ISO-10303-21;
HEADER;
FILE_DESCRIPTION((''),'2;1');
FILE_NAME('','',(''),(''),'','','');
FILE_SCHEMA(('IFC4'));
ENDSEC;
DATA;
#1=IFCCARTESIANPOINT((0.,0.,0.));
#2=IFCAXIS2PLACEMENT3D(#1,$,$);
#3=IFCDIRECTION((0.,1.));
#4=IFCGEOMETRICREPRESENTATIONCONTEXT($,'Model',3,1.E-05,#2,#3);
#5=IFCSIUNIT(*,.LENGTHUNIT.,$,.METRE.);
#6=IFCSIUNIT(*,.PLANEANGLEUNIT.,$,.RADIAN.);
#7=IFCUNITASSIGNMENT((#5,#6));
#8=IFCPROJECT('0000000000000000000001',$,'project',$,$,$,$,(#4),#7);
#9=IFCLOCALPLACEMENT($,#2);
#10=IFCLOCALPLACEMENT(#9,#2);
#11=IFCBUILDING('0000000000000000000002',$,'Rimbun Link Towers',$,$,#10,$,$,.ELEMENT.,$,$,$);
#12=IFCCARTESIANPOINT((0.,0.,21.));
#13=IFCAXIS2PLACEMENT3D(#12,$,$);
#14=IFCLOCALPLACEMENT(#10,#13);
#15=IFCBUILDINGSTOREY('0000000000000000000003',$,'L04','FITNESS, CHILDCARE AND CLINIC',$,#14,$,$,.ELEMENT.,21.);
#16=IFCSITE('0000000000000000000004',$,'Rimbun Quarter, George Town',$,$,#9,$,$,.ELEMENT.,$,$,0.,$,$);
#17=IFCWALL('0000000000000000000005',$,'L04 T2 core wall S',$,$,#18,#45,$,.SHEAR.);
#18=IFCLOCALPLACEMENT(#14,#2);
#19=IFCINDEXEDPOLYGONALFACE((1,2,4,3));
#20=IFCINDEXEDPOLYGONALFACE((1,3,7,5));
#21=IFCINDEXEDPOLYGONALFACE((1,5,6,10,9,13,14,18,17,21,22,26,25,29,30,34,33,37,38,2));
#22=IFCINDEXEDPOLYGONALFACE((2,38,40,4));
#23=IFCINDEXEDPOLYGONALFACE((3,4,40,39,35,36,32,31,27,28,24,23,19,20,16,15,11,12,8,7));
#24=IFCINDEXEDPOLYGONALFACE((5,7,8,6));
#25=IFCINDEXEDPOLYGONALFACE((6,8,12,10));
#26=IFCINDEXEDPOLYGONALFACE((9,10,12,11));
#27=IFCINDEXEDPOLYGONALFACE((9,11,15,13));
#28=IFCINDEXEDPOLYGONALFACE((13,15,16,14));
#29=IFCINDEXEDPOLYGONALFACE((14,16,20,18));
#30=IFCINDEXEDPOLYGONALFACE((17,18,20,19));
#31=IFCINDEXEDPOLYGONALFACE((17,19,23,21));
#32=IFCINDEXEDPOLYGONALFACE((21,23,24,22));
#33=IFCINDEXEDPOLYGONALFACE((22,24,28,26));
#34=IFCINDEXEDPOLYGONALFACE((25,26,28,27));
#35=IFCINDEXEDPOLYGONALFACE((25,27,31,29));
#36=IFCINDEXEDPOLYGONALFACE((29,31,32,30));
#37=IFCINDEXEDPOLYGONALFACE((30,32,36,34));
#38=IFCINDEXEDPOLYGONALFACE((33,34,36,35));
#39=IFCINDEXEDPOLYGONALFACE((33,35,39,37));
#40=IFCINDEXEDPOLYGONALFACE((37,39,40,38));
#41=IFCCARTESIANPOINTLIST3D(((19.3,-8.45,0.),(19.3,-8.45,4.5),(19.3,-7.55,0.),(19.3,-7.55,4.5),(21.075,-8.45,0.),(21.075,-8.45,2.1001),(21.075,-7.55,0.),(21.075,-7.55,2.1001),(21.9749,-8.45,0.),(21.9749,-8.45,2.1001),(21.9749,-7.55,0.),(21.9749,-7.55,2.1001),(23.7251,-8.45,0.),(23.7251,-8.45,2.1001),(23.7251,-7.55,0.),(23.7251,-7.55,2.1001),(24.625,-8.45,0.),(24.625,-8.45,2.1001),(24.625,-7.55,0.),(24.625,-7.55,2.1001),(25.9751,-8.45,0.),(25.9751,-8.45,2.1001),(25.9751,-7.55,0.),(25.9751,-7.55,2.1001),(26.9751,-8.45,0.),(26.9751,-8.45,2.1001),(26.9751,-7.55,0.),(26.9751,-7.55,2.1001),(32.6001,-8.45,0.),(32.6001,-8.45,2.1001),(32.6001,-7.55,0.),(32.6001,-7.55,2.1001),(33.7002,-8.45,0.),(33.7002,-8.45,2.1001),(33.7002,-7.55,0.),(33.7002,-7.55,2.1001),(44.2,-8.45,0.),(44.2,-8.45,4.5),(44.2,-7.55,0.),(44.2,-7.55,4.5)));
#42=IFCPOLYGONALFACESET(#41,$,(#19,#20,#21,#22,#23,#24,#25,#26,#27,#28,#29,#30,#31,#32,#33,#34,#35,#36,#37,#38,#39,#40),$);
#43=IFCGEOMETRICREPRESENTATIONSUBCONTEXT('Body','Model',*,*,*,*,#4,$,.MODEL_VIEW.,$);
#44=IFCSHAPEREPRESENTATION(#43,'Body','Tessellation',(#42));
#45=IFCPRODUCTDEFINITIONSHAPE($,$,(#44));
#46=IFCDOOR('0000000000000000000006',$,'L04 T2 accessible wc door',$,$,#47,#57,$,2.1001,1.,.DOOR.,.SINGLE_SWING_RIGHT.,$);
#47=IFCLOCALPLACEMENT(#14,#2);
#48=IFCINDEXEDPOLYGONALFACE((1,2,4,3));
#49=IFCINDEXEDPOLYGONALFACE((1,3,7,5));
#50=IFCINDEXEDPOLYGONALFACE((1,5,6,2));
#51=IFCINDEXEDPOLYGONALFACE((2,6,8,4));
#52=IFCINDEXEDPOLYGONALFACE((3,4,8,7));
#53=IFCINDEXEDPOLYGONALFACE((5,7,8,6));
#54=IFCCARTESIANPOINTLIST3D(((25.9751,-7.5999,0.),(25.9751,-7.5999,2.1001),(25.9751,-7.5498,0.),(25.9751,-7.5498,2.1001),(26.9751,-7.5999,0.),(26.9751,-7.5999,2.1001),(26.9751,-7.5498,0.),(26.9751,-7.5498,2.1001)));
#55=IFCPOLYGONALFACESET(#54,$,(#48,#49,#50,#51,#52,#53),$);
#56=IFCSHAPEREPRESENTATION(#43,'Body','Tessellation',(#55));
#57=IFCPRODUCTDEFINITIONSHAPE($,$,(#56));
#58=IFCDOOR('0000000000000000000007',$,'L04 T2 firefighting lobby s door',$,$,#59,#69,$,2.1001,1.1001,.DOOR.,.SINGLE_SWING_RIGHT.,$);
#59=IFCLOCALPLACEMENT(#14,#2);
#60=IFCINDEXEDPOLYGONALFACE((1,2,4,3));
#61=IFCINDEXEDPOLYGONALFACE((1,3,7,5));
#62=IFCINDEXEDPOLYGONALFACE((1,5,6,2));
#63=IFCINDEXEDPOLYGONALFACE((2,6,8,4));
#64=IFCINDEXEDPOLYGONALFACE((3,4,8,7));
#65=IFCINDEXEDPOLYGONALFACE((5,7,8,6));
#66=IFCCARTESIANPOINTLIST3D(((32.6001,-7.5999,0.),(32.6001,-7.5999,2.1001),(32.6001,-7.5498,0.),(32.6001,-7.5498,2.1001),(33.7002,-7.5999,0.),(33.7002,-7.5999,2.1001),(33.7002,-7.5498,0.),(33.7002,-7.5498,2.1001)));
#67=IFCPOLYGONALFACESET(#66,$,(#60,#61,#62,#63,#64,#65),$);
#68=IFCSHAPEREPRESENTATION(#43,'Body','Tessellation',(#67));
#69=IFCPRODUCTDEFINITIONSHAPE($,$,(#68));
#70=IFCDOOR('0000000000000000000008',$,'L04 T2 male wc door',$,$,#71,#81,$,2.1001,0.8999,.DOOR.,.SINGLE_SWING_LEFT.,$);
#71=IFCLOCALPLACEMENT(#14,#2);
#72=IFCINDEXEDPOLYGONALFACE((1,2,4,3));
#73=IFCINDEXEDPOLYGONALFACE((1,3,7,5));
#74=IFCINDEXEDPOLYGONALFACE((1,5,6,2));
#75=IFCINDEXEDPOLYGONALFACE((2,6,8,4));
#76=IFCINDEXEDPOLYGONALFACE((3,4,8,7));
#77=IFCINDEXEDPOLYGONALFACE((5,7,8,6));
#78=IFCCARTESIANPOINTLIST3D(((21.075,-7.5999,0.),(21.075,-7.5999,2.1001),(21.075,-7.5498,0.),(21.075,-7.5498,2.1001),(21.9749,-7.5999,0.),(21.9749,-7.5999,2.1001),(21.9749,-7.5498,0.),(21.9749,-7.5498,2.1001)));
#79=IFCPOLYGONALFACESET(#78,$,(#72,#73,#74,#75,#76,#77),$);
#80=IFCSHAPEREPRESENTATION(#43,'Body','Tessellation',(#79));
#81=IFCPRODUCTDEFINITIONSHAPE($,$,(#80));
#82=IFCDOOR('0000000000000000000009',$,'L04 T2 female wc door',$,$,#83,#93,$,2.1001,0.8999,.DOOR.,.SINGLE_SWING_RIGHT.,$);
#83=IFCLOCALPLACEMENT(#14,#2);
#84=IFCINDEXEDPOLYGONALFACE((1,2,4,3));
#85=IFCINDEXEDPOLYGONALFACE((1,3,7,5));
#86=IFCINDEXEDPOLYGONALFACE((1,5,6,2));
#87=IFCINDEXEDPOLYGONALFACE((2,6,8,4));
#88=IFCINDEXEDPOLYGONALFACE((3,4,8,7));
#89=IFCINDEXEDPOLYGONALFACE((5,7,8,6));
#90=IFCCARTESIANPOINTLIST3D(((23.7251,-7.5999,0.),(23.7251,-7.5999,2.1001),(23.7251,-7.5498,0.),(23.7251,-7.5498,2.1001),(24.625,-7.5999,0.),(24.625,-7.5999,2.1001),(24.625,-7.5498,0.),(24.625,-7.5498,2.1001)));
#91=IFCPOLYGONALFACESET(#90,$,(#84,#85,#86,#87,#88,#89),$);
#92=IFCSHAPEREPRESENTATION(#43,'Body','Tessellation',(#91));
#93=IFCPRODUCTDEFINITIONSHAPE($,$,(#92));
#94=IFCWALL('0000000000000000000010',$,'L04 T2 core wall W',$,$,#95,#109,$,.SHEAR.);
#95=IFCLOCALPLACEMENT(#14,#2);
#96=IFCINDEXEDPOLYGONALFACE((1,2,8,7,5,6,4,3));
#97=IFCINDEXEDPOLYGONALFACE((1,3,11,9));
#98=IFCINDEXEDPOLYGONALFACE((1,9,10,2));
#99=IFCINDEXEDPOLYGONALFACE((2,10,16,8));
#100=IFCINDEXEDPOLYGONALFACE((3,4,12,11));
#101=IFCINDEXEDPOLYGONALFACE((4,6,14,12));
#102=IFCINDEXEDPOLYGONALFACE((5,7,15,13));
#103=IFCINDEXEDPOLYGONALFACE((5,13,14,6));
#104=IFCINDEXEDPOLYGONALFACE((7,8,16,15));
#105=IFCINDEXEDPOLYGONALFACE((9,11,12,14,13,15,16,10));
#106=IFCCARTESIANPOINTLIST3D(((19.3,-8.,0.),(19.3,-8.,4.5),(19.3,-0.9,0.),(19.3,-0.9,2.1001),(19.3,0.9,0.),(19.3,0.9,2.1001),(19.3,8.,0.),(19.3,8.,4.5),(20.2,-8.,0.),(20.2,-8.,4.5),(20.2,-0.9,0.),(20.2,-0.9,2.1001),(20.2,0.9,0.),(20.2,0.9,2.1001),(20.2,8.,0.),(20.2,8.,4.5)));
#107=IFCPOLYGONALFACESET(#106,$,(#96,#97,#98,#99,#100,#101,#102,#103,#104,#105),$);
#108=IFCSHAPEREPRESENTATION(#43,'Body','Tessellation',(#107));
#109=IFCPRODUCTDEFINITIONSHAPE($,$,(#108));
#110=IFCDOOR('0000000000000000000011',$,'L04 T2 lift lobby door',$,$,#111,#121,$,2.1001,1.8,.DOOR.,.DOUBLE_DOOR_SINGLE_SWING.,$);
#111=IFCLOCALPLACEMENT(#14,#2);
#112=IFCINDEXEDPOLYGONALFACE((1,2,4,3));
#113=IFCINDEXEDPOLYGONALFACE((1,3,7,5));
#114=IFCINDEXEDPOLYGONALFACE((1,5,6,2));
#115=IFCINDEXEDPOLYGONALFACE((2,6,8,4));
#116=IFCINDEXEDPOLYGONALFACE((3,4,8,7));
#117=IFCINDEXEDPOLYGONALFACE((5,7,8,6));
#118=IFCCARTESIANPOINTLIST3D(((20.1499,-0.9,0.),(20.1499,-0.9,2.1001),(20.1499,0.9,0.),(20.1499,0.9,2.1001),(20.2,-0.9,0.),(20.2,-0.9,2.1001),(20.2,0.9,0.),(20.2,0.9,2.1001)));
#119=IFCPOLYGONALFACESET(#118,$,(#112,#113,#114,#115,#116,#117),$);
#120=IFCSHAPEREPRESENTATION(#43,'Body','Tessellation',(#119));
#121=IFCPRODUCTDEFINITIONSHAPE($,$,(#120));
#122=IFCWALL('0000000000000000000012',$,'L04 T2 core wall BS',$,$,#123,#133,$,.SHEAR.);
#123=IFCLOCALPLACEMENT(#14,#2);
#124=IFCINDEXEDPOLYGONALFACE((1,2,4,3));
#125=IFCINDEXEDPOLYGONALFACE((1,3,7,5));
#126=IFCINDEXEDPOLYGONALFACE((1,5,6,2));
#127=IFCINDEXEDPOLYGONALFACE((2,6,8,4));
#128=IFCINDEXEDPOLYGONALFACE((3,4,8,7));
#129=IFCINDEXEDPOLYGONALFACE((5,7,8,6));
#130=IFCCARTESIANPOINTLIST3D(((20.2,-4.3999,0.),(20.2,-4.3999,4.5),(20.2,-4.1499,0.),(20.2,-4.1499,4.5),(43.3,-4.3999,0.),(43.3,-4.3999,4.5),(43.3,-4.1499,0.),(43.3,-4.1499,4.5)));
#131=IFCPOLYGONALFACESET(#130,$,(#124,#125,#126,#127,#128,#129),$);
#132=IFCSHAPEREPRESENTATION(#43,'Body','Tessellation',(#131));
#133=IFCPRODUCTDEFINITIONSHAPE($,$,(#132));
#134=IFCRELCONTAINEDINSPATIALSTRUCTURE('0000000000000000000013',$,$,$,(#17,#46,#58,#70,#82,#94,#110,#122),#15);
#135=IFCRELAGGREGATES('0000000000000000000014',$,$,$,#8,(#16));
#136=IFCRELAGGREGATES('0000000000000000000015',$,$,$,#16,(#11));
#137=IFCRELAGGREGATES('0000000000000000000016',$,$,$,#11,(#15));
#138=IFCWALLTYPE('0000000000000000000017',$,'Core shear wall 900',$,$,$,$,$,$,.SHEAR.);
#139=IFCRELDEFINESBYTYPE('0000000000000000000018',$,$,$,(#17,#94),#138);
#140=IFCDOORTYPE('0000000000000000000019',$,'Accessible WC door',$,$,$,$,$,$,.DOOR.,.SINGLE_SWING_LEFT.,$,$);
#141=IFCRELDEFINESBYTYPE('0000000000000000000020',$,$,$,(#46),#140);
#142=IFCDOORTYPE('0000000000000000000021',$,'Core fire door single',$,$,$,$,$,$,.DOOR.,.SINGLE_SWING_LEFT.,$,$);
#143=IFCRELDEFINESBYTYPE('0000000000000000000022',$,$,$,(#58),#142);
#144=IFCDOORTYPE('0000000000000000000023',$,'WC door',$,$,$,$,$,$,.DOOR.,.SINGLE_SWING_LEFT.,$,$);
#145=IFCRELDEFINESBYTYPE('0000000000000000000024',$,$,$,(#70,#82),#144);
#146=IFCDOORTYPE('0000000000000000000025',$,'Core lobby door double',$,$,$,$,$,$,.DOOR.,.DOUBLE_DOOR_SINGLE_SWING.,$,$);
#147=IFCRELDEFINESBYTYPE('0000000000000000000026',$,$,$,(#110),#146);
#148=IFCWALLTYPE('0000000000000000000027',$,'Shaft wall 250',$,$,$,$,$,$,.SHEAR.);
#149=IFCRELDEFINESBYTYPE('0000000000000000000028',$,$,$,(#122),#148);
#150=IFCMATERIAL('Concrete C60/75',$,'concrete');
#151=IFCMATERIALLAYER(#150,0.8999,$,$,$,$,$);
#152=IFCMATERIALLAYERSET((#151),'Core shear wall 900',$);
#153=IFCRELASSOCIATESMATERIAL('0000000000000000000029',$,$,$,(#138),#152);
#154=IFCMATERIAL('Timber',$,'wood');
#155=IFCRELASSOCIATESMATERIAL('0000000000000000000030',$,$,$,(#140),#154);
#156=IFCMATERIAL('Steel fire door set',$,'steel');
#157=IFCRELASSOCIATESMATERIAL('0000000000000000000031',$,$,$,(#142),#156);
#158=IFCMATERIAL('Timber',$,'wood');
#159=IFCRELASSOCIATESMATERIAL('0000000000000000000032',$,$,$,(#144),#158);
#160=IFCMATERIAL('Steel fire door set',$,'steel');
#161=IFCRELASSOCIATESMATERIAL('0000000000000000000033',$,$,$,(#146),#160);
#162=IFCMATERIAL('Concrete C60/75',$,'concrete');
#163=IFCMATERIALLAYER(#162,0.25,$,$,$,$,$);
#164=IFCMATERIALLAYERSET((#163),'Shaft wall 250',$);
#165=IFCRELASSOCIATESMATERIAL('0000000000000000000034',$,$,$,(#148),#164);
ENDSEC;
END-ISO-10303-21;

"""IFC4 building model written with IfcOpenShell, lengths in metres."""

from ifc_helpers import new_model, si_unit, direction, frame, frame_2d, origin, place, context, subcontext, project, spatial, rectangle, extrude, material, layer, layer_set, type_object, element, fill, save


model = new_model("IFC4")

# Units and contexts
model_context = context("Model", 3, precision=1e-05, world=origin(), true_north=direction((0.0, 1.0)))
body_context = subcontext(model_context, "Body", "Model", "MODEL_VIEW")
ifc_project = project(units=[si_unit("LENGTHUNIT", "METRE"), si_unit("PLANEANGLEUNIT", "RADIAN")], contexts=[model_context])

# Site, building, storey
site_placement = place(None, origin())
site = spatial("IfcSite", under=ifc_project, at=site_placement, Name="Rimbun Quarter, George Town", CompositionType="ELEMENT", RefElevation=0.0)
building_placement = place(site_placement, origin())
building = spatial("IfcBuilding", under=site, at=building_placement, Name="Rimbun Link Towers", CompositionType="ELEMENT")
storey_placement = place(building_placement, frame((0.0, 0.0, 21.0)))
storey = spatial("IfcBuildingStorey", under=building, at=storey_placement, Name="L04", Description="FITNESS, CHILDCARE AND CLINIC", CompositionType="ELEMENT", Elevation=21.0)

# Wall, openings, doors
ifc_material_1 = material(Name="Concrete C60/75", Category="concrete")
ifc_layer_1 = layer(ifc_material_1, 0.8999)
ifc_layer_set_1 = layer_set([ifc_layer_1], Name="Core shear wall 900")
wall_type_1 = type_object("IfcWallType", Name="Core shear wall 900", PredefinedType="SHEAR", material=ifc_layer_set_1)
wall_1_placement = place(storey_placement, frame((19.3, -8.0, 0.0), z_axis=(0.0, 0.0, 1.0), x_axis=(1.0, 0.0, 0.0)))
wall_1 = element("IfcWall", 1, at=wall_1_placement, inside=storey, type_object=wall_type_1, Name="L04 T2 core wall S", PredefinedType="SHEAR", context=body_context, shape_type="SweptSolid", body=[
    extrude(rectangle(XDim=24.8999, YDim=0.8999, at=frame_2d((12.45, 0.0))), origin(), (0.0, 0.0, 1.0), 4.5),
])
opening_1_placement = place(wall_1_placement, frame((13.3, 0.0, 0.0)))
opening_1 = element("IfcOpeningElement", 2, at=opening_1_placement, cuts=wall_1, PredefinedType="OPENING", context=body_context, shape_type="SweptSolid", body=[
    extrude(rectangle(XDim=1.1001, YDim=2.1001, at=frame_2d((0.55, 1.05))), frame((0.0, 0.46, 0.0), z_axis=(0.0, -1.0, 0.0), x_axis=(1.0, 0.0, 0.0)), (0.0, 0.0, 1.0), 0.9199),
])
opening_2_placement = place(wall_1_placement, frame((1.7749, 0.0, 0.0)))
opening_2 = element("IfcOpeningElement", 3, at=opening_2_placement, cuts=wall_1, PredefinedType="OPENING", context=body_context, shape_type="SweptSolid", body=[
    extrude(rectangle(XDim=0.8999, YDim=2.1001, at=frame_2d((0.45, 1.05))), frame((0.0, 0.46, 0.0), z_axis=(0.0, -1.0, 0.0), x_axis=(1.0, 0.0, 0.0)), (0.0, 0.0, 1.0), 0.9199),
])
opening_3_placement = place(wall_1_placement, frame((4.425, 0.0, 0.0)))
opening_3 = element("IfcOpeningElement", 4, at=opening_3_placement, cuts=wall_1, PredefinedType="OPENING", context=body_context, shape_type="SweptSolid", body=[
    extrude(rectangle(XDim=0.8999, YDim=2.1001, at=frame_2d((0.45, 1.05))), frame((0.0, 0.46, 0.0), z_axis=(0.0, -1.0, 0.0), x_axis=(1.0, 0.0, 0.0)), (0.0, 0.0, 1.0), 0.9199),
])
opening_4_placement = place(wall_1_placement, frame((6.675, 0.0, 0.0)))
opening_4 = element("IfcOpeningElement", 5, at=opening_4_placement, cuts=wall_1, PredefinedType="OPENING", context=body_context, shape_type="SweptSolid", body=[
    extrude(rectangle(XDim=1.0, YDim=2.1001, at=frame_2d((0.5, 1.05))), frame((0.0, 0.46, 0.0), z_axis=(0.0, -1.0, 0.0), x_axis=(1.0, 0.0, 0.0)), (0.0, 0.0, 1.0), 0.9199),
])
ifc_material_2 = material(Name="Timber", Category="wood")
door_type_1 = type_object("IfcDoorType", Name="Accessible WC door", OperationType="SINGLE_SWING_LEFT", PredefinedType="DOOR", material=ifc_material_2)
door_1_placement = place(opening_4_placement, origin())
door_1 = element("IfcDoor", 6, at=door_1_placement, inside=storey, type_object=door_type_1, Name="L04 T2 accessible wc door", OperationType="SINGLE_SWING_RIGHT", OverallHeight=2.1001, OverallWidth=1.0, PredefinedType="DOOR", context=body_context, shape_type="SweptSolid", body=[
    extrude(rectangle(XDim=1.0, YDim=2.1001, at=frame_2d((0.5, 1.05))), frame((0.0, 0.4502, 0.0), z_axis=(0.0, -1.0, 0.0), x_axis=(1.0, 0.0, 0.0)), (0.0, 0.0, 1.0), 0.05),
])
fill(opening_4, door_1)
ifc_material_3 = material(Name="Steel fire door set", Category="steel")
door_type_2 = type_object("IfcDoorType", Name="Core fire door single", OperationType="SINGLE_SWING_LEFT", PredefinedType="DOOR", material=ifc_material_3)
door_2_placement = place(opening_1_placement, origin())
door_2 = element("IfcDoor", 7, at=door_2_placement, inside=storey, type_object=door_type_2, Name="L04 T2 firefighting lobby s door", OperationType="SINGLE_SWING_RIGHT", OverallHeight=2.1001, OverallWidth=1.1001, PredefinedType="DOOR", context=body_context, shape_type="SweptSolid", body=[
    extrude(rectangle(XDim=1.1001, YDim=2.1001, at=frame_2d((0.55, 1.05))), frame((0.0, 0.4502, 0.0), z_axis=(0.0, -1.0, 0.0), x_axis=(1.0, 0.0, 0.0)), (0.0, 0.0, 1.0), 0.05),
])
fill(opening_1, door_2)
ifc_material_4 = material(Name="Timber", Category="wood")
door_type_3 = type_object("IfcDoorType", Name="WC door", OperationType="SINGLE_SWING_LEFT", PredefinedType="DOOR", material=ifc_material_4)
door_3_placement = place(opening_2_placement, origin())
door_3 = element("IfcDoor", 8, at=door_3_placement, inside=storey, type_object=door_type_3, Name="L04 T2 male wc door", OperationType="SINGLE_SWING_LEFT", OverallHeight=2.1001, OverallWidth=0.8999, PredefinedType="DOOR", context=body_context, shape_type="SweptSolid", body=[
    extrude(rectangle(XDim=0.8999, YDim=2.1001, at=frame_2d((0.45, 1.05))), frame((0.0, 0.4502, 0.0), z_axis=(0.0, -1.0, 0.0), x_axis=(1.0, 0.0, 0.0)), (0.0, 0.0, 1.0), 0.05),
])
fill(opening_2, door_3)
door_4_placement = place(opening_3_placement, origin())
door_4 = element("IfcDoor", 9, at=door_4_placement, inside=storey, type_object=door_type_3, Name="L04 T2 female wc door", OperationType="SINGLE_SWING_RIGHT", OverallHeight=2.1001, OverallWidth=0.8999, PredefinedType="DOOR", context=body_context, shape_type="SweptSolid", body=[
    extrude(rectangle(XDim=0.8999, YDim=2.1001, at=frame_2d((0.45, 1.05))), frame((0.0, 0.4502, 0.0), z_axis=(0.0, -1.0, 0.0), x_axis=(1.0, 0.0, 0.0)), (0.0, 0.0, 1.0), 0.05),
])
fill(opening_3, door_4)

# Wall, opening, door
wall_2_placement = place(storey_placement, frame((19.75, -8.0, 0.0), z_axis=(0.0, 0.0, 1.0), x_axis=(0.0, 1.0, 0.0)))
wall_2 = element("IfcWall", 10, at=wall_2_placement, inside=storey, type_object=wall_type_1, Name="L04 T2 core wall W", PredefinedType="SHEAR", context=body_context, shape_type="SweptSolid", body=[
    extrude(rectangle(XDim=16.0, YDim=0.8999, at=frame_2d((8.0, 0.0))), origin(), (0.0, 0.0, 1.0), 4.5),
])
opening_5_placement = place(wall_2_placement, frame((7.1001, 0.0, 0.0)))
opening_5 = element("IfcOpeningElement", 11, at=opening_5_placement, cuts=wall_2, PredefinedType="OPENING", context=body_context, shape_type="SweptSolid", body=[
    extrude(rectangle(XDim=1.8, YDim=2.1001, at=frame_2d((0.8999, 1.05))), frame((0.0, 0.46, 0.0), z_axis=(0.0, -1.0, 0.0), x_axis=(1.0, 0.0, 0.0)), (0.0, 0.0, 1.0), 0.9199),
])
ifc_material_5 = material(Name="Steel fire door set", Category="steel")
door_type_4 = type_object("IfcDoorType", Name="Core lobby door double", OperationType="DOUBLE_DOOR_SINGLE_SWING", PredefinedType="DOOR", material=ifc_material_5)
door_5_placement = place(opening_5_placement, origin())
door_5 = element("IfcDoor", 12, at=door_5_placement, inside=storey, type_object=door_type_4, Name="L04 T2 lift lobby door", OperationType="DOUBLE_DOOR_SINGLE_SWING", OverallHeight=2.1001, OverallWidth=1.8, PredefinedType="DOOR", context=body_context, shape_type="SweptSolid", body=[
    extrude(rectangle(XDim=1.8, YDim=2.1001, at=frame_2d((0.8999, 1.05))), frame((0.0, -0.3999, 0.0), z_axis=(0.0, -1.0, 0.0), x_axis=(1.0, 0.0, 0.0)), (0.0, 0.0, 1.0), 0.05),
])
fill(opening_5, door_5)

# Wall
ifc_material_6 = material(Name="Concrete C60/75", Category="concrete")
ifc_layer_2 = layer(ifc_material_6, 0.25)
ifc_layer_set_2 = layer_set([ifc_layer_2], Name="Shaft wall 250")
wall_type_2 = type_object("IfcWallType", Name="Shaft wall 250", PredefinedType="SHEAR", material=ifc_layer_set_2)
wall_3_placement = place(storey_placement, frame((20.2, -4.2749, 0.0), z_axis=(0.0, 0.0, 1.0), x_axis=(1.0, 0.0, 0.0)))
element("IfcWall", 13, at=wall_3_placement, inside=storey, type_object=wall_type_2, Name="L04 T2 core wall BS", PredefinedType="SHEAR", context=body_context, shape_type="SweptSolid", body=[
    extrude(rectangle(XDim=23.1001, YDim=0.25, at=frame_2d((11.55, 0.0))), origin(), (0.0, 0.0, 1.0), 4.5),
])

save(model, "model.ifc")
